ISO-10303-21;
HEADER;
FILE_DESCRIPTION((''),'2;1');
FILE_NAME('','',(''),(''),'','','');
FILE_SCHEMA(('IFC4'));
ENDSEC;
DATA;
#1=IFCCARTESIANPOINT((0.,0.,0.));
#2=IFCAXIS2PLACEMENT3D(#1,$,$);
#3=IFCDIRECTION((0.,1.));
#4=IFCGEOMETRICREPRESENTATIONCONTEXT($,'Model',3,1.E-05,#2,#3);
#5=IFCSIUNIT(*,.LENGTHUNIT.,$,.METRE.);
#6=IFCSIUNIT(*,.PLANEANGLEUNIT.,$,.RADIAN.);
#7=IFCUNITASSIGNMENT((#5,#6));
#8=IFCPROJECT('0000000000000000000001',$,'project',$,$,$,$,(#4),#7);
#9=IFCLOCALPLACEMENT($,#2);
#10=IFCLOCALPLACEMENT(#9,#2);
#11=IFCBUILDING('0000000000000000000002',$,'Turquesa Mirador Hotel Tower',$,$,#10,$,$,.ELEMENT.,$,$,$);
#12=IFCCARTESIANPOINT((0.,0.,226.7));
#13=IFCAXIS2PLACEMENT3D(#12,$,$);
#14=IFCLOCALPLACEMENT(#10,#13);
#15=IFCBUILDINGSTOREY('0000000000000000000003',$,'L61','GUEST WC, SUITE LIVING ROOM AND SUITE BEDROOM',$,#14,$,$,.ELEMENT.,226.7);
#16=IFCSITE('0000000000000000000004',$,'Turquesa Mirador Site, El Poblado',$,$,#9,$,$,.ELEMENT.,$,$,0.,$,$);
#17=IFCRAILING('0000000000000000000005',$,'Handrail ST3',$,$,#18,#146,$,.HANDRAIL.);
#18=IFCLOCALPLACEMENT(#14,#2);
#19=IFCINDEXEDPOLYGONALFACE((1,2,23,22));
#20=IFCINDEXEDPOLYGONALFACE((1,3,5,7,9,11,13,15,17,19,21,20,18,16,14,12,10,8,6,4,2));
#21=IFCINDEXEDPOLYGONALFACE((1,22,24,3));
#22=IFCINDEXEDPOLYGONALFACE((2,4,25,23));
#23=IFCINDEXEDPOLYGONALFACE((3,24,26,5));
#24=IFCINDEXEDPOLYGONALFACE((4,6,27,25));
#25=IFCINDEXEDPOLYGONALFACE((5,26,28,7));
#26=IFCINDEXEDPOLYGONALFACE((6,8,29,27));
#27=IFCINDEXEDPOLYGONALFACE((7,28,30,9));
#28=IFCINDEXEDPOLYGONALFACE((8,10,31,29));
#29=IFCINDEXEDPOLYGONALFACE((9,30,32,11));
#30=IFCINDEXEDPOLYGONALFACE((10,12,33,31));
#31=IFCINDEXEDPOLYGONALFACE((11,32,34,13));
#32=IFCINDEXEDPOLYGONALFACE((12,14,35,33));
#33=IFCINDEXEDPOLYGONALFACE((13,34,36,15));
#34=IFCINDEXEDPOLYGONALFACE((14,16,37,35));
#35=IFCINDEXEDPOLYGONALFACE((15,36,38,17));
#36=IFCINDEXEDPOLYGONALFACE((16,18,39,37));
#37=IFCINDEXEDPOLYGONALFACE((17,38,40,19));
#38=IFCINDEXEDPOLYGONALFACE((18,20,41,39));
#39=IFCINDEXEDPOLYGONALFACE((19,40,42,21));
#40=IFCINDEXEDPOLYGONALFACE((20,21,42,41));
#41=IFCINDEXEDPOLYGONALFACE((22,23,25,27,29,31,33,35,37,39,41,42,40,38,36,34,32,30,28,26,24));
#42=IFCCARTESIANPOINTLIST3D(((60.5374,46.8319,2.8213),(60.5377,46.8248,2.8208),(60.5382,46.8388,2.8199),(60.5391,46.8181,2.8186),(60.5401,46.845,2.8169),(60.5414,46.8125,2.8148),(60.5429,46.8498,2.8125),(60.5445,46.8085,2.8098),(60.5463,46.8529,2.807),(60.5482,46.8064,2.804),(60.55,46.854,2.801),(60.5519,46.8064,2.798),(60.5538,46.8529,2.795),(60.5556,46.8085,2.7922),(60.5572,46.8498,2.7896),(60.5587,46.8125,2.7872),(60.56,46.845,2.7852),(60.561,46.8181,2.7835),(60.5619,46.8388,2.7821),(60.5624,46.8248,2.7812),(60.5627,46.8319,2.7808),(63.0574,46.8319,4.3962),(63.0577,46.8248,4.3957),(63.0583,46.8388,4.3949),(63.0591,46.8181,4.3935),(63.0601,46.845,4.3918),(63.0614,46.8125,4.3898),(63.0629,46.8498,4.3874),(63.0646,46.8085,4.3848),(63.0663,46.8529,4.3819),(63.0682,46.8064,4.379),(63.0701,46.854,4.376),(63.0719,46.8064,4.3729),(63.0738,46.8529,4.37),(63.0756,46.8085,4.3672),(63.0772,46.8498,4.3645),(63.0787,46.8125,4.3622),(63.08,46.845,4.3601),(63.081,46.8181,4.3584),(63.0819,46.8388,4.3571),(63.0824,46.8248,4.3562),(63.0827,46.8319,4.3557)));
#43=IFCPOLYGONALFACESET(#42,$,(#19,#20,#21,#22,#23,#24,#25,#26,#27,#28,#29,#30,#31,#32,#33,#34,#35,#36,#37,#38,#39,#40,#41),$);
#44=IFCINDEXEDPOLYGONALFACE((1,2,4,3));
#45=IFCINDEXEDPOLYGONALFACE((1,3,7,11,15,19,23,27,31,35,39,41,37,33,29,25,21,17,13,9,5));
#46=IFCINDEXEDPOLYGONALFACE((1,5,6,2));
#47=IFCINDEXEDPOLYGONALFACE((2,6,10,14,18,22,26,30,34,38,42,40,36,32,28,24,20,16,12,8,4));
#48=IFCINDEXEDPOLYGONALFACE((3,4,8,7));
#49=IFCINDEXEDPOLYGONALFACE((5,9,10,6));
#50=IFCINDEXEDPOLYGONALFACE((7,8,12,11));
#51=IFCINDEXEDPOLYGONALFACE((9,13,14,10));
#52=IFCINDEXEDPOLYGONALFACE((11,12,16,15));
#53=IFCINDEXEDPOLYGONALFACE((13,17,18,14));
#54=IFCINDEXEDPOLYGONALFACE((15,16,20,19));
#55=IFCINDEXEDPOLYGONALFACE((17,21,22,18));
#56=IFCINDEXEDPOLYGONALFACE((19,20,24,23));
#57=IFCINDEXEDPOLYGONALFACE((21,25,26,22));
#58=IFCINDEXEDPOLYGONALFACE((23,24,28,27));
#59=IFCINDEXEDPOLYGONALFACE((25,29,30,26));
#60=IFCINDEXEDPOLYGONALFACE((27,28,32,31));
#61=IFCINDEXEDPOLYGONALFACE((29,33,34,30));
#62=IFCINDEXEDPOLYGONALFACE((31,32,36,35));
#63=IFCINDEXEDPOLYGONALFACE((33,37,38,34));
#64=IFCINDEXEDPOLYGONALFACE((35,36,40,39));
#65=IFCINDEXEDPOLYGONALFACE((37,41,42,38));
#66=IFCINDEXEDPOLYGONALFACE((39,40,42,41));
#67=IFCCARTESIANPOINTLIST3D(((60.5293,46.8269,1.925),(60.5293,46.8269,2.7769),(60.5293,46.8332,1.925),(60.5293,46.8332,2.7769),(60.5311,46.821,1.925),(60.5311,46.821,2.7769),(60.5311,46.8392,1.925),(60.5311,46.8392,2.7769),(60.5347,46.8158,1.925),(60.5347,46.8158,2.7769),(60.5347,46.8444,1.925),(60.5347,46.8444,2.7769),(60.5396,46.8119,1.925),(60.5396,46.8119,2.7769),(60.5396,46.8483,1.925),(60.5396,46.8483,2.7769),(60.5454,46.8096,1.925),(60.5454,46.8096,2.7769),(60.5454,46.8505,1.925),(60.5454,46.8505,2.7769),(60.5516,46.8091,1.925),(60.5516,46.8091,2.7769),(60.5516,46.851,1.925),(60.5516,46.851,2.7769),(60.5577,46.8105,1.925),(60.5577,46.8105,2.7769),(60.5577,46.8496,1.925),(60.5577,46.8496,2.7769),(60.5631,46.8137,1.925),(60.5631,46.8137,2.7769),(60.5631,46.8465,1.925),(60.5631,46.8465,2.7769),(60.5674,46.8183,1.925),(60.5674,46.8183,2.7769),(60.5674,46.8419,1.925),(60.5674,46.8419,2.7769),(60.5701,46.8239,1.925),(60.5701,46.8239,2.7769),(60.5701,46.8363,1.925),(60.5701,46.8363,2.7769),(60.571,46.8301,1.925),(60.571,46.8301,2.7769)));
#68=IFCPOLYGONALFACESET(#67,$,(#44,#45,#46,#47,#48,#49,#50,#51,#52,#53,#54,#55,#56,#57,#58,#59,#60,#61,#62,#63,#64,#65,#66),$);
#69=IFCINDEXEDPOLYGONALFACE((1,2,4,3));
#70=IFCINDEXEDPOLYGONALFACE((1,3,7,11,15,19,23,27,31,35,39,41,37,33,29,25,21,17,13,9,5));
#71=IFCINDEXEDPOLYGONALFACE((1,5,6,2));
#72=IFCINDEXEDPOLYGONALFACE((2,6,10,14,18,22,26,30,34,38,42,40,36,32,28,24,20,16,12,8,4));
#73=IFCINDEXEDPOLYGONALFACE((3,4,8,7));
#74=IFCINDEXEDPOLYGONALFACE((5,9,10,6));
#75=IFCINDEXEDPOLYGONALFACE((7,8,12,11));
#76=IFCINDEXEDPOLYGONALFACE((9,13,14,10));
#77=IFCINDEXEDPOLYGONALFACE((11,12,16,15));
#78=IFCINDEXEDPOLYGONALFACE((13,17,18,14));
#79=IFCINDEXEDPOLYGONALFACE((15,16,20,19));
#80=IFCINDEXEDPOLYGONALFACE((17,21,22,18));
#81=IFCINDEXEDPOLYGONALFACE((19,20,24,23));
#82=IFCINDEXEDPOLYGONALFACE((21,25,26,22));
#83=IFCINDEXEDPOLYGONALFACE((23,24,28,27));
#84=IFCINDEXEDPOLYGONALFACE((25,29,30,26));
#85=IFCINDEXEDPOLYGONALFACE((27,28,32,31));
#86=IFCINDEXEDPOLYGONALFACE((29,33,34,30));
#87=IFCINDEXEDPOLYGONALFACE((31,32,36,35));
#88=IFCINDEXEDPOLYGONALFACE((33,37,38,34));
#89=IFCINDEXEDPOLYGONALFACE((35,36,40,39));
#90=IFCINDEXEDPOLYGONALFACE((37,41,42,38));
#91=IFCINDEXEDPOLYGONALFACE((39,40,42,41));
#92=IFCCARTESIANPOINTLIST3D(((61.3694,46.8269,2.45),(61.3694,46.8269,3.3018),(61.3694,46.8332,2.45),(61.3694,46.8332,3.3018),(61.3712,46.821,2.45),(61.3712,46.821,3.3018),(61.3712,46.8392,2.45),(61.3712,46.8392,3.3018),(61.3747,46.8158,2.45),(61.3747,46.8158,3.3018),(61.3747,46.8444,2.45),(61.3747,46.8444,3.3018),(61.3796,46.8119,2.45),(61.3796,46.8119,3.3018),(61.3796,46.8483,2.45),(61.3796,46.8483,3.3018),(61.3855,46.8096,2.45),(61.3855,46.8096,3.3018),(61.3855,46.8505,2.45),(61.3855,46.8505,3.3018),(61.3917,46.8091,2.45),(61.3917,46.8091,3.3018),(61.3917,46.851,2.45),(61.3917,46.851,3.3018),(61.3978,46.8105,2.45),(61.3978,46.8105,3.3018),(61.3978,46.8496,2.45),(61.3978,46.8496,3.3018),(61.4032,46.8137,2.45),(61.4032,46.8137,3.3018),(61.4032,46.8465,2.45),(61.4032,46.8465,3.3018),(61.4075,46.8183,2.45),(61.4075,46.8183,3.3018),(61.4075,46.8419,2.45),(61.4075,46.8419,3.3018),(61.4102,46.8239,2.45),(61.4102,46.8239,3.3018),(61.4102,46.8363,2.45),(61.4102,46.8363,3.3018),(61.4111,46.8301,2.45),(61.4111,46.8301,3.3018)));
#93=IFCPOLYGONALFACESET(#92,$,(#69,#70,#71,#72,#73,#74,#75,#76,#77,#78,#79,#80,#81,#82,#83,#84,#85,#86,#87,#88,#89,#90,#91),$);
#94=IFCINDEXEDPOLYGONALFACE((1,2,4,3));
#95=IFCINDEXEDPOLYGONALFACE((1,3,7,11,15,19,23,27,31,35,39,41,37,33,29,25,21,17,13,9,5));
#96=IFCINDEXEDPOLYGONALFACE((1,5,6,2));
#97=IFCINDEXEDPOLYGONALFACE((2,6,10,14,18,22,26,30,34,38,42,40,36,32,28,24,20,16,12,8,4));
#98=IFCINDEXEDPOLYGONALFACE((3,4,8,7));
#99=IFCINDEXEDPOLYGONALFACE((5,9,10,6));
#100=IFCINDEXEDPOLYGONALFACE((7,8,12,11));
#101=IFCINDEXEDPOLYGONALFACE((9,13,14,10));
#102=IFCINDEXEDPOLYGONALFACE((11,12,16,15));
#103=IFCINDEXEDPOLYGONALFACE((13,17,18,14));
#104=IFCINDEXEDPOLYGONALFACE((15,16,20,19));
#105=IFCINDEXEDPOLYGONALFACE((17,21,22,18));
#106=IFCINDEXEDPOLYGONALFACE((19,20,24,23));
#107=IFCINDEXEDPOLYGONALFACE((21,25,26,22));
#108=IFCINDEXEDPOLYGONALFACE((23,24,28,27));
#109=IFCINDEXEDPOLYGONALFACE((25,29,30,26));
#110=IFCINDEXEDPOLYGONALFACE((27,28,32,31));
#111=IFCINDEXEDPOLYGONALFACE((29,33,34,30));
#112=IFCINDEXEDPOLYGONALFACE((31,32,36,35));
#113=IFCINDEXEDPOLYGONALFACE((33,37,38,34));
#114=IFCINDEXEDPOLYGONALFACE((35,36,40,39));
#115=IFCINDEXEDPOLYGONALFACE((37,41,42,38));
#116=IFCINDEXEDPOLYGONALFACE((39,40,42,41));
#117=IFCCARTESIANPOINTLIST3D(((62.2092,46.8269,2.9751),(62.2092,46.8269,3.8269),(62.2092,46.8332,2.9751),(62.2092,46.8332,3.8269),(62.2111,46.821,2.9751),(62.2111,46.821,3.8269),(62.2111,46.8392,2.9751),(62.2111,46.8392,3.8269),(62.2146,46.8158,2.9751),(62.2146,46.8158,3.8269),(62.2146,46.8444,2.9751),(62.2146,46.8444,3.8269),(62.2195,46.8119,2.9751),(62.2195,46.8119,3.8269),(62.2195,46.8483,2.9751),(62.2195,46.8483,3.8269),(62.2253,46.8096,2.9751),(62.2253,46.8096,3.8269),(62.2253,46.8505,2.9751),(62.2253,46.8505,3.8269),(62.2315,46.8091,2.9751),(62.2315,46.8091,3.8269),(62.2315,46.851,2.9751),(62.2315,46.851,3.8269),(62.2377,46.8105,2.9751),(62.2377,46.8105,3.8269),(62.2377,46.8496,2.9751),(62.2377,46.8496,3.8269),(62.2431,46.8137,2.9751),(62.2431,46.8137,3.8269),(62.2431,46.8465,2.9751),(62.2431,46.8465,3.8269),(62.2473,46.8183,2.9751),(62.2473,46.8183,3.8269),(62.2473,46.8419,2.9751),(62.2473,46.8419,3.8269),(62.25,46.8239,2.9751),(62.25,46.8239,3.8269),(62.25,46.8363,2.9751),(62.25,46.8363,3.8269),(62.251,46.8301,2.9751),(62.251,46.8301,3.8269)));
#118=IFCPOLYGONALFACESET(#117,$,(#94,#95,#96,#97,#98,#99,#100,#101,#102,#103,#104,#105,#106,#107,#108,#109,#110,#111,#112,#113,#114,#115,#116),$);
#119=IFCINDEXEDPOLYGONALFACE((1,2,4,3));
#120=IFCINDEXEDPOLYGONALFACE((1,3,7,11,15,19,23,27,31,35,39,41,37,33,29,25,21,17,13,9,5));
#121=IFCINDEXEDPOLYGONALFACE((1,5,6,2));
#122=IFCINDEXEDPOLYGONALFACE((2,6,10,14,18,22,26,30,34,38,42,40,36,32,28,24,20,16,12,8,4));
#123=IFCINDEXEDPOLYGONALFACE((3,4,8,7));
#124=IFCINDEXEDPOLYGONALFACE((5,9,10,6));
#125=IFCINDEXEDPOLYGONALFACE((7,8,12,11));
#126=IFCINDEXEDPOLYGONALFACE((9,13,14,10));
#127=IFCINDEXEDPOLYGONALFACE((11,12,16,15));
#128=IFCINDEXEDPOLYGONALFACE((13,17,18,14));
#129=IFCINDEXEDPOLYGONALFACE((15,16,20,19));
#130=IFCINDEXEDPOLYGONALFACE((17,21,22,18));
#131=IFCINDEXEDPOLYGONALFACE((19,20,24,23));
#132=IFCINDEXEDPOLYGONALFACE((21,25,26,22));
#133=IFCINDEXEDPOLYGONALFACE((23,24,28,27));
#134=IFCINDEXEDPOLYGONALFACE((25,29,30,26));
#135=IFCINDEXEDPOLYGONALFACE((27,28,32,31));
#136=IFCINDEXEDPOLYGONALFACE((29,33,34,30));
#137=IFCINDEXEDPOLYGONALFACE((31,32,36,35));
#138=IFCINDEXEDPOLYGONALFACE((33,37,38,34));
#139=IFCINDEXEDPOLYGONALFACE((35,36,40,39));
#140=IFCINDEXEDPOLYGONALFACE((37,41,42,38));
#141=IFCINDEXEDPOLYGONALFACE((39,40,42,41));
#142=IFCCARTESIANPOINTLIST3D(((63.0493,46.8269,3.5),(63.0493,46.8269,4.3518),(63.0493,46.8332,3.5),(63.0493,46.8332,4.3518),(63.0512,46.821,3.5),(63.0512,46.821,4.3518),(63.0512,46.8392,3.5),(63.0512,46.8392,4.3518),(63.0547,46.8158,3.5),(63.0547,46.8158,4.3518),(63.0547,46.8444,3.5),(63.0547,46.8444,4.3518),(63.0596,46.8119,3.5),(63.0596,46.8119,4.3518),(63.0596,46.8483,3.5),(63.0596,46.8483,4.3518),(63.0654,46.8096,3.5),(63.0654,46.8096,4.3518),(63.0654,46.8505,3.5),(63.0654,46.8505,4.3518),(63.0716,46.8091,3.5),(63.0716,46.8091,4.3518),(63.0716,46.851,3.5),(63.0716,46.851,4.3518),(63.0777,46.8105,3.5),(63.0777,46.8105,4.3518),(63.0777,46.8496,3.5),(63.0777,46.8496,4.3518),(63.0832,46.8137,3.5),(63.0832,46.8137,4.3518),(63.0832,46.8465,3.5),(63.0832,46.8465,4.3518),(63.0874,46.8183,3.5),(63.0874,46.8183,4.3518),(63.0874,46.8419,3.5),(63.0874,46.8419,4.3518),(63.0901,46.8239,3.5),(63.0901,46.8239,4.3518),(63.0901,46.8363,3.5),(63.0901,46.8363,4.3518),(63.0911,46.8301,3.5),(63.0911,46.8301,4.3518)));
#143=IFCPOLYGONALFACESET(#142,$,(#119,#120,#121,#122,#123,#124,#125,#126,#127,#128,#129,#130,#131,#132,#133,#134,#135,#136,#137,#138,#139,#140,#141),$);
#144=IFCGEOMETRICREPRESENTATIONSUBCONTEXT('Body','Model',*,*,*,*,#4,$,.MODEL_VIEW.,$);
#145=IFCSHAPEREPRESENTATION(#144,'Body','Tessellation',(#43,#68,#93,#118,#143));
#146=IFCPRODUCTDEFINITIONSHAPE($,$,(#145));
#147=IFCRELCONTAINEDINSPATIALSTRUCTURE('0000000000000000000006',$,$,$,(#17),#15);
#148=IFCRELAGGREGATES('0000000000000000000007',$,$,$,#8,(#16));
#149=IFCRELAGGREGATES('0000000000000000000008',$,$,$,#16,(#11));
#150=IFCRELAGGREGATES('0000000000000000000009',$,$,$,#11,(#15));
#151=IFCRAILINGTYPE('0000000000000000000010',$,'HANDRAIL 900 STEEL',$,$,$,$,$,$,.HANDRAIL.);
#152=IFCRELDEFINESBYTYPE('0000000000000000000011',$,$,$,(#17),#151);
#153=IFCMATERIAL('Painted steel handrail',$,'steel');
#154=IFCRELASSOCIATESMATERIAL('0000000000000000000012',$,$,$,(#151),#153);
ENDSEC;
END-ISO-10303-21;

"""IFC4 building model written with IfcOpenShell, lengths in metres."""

from ifc_helpers import new_model, si_unit, direction, frame, origin, origin_2d, place, context, subcontext, project, spatial, circle, extrude, material, type_object, element, save


model = new_model("IFC4")

# Units and contexts
model_context = context("Model", 3, precision=1e-05, world=origin(), true_north=direction((0.0, 1.0)))
body_context = subcontext(model_context, "Body", "Model", "MODEL_VIEW")
ifc_project = project(units=[si_unit("LENGTHUNIT", "METRE"), si_unit("PLANEANGLEUNIT", "RADIAN")], contexts=[model_context])

# Site, building, storey
site_placement = place(None, origin())
site = spatial("IfcSite", under=ifc_project, at=site_placement, Name="Turquesa Mirador Site, El Poblado", CompositionType="ELEMENT", RefElevation=0.0)
building_placement = place(site_placement, origin())
building = spatial("IfcBuilding", under=site, at=building_placement, Name="Turquesa Mirador Hotel Tower", CompositionType="ELEMENT")
storey_placement = place(building_placement, frame((0.0, 0.0, 226.7)))
storey = spatial("IfcBuildingStorey", under=building, at=storey_placement, Name="L61", Description="GUEST WC, SUITE LIVING ROOM AND SUITE BEDROOM", CompositionType="ELEMENT", Elevation=226.7)

# Railing
ifc_material_1 = material(Name="Painted steel handrail", Category="steel")
railing_type = type_object("IfcRailingType", Name="HANDRAIL 900 STEEL", PredefinedType="HANDRAIL", material=ifc_material_1)
railing_1_placement = place(storey_placement, frame((60.55, 46.8301, 1.925)))
element("IfcRailing", 1, at=railing_1_placement, inside=storey, type_object=railing_type, Name="Handrail ST3", PredefinedType="HANDRAIL", context=body_context, shape_type="SweptSolid", body=[
    extrude(circle(Radius=0.0239, at=origin_2d()), frame((0.0, 0.0, 0.876), z_axis=(0.848008, 0.0, 0.529984), x_axis=(0.0, 1.0, 0.0)), (0.0, 0.0, 1.0), 2.9717),
    extrude(circle(Radius=0.021, at=origin_2d()), origin(), (0.0, 0.0, 1.0), 0.8518),
    extrude(circle(Radius=0.021, at=origin_2d()), frame((0.8401, 0.0, 0.5249)), (0.0, 0.0, 1.0), 0.8518),
    extrude(circle(Radius=0.021, at=origin_2d()), frame((1.6799, 0.0, 1.05)), (0.0, 0.0, 1.0), 0.8518),
    extrude(circle(Radius=0.021, at=origin_2d()), frame((2.52, 0.0, 1.575)), (0.0, 0.0, 1.0), 0.8518),
])

save(model, "model.ifc")
